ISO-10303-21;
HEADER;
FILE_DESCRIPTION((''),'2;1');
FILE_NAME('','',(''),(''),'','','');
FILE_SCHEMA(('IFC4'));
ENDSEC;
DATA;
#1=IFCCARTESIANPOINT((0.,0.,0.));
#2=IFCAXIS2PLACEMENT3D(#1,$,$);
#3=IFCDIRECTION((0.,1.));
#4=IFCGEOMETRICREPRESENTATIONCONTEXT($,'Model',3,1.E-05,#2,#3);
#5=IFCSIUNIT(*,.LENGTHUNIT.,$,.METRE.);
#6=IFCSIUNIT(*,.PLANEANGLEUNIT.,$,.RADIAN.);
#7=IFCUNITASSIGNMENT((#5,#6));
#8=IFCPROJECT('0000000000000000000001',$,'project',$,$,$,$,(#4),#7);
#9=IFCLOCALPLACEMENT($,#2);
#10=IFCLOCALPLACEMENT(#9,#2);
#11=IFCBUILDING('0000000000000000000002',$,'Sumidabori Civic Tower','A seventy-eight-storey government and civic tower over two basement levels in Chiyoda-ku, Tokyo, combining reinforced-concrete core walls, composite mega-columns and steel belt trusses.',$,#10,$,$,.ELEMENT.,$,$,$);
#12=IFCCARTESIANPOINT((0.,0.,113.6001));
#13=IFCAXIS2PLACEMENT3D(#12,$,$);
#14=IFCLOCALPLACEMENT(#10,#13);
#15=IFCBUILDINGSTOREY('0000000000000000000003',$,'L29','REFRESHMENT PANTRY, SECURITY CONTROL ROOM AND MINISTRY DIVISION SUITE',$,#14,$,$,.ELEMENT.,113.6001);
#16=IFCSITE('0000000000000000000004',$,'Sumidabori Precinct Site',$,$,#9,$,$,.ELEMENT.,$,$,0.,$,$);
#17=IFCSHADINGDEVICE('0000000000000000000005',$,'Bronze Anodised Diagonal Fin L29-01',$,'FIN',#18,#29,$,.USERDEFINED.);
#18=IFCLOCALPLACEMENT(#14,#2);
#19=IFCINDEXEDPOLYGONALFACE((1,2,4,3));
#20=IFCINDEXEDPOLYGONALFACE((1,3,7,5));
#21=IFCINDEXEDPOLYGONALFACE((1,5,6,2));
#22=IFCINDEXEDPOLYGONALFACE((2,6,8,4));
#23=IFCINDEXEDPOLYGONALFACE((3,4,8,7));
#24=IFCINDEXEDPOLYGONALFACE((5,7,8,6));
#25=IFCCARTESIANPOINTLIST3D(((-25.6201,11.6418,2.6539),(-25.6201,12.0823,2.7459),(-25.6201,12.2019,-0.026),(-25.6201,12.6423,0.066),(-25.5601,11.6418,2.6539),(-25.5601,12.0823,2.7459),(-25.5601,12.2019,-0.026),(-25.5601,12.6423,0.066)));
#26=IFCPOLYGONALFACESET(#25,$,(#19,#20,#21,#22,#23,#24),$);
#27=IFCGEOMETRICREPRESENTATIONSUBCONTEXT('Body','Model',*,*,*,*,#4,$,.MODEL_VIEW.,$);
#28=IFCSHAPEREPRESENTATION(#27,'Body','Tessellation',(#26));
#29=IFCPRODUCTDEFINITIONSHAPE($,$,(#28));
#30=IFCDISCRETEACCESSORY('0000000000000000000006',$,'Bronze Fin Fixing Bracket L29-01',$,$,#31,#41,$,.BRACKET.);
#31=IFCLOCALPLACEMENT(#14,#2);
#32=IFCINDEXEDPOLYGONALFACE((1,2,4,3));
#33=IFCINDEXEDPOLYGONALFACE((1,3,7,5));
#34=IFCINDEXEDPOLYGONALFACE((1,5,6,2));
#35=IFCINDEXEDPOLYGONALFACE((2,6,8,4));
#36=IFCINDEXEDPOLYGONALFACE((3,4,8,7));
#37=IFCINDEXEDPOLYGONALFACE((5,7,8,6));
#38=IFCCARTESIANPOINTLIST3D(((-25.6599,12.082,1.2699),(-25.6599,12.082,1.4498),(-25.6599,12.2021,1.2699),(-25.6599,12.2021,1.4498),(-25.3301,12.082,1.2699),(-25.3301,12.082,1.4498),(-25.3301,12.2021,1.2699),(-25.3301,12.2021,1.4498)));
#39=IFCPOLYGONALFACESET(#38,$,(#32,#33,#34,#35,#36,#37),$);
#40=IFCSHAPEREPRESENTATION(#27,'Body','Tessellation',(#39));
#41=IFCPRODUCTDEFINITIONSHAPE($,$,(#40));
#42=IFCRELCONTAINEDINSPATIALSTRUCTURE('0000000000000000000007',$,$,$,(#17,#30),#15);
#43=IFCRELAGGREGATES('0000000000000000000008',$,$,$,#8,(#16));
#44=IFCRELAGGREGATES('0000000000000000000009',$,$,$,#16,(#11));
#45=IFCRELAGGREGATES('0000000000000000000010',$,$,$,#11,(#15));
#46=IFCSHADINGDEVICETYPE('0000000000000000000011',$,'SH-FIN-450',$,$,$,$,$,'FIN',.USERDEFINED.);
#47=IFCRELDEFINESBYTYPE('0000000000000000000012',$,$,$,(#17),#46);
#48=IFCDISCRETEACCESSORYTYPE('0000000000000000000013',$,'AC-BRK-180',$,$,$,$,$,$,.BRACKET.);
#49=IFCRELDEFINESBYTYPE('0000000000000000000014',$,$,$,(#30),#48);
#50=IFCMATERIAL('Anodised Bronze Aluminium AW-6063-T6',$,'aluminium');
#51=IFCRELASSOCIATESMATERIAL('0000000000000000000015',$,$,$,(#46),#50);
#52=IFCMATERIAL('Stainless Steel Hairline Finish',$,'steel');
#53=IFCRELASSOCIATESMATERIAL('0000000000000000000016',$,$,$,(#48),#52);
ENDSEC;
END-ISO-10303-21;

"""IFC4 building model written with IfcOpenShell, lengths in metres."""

from ifc_helpers import new_model, si_unit, direction, frame, origin, origin_2d, place, context, subcontext, project, spatial, rectangle, extrude, source, transform, mapped, material, material_profile, profile_set, type_object, element, save


model = new_model("IFC4")

# Units and contexts
model_context = context("Model", 3, precision=1e-05, world=origin(), true_north=direction((0.0, 1.0)))
body_context = subcontext(model_context, "Body", "Model", "MODEL_VIEW")
ifc_project = project(units=[si_unit("LENGTHUNIT", "METRE"), si_unit("PLANEANGLEUNIT", "RADIAN")], contexts=[model_context])

# Site, building, storey
site_placement = place(None, origin())
site = spatial("IfcSite", under=ifc_project, at=site_placement, Name="Sumidabori Precinct Site", CompositionType="ELEMENT", RefElevation=0.0)
building_placement = place(site_placement, origin())
building = spatial("IfcBuilding", under=site, at=building_placement, Name="Sumidabori Civic Tower", Description="A seventy-eight-storey government and civic tower over two basement levels in Chiyoda-ku, Tokyo, combining reinforced-concrete core walls, composite mega-columns and steel belt trusses.", CompositionType="ELEMENT")
storey_placement = place(building_placement, frame((0.0, 0.0, 113.6001)))
storey = spatial("IfcBuildingStorey", under=building, at=storey_placement, Name="L29", Description="REFRESHMENT PANTRY, SECURITY CONTROL ROOM AND MINISTRY DIVISION SUITE", CompositionType="ELEMENT", Elevation=113.6001)

# Shared definitions
ifc_material_1 = material(Name="Anodised Bronze Aluminium AW-6063-T6", Category="aluminium")

# Shared definitions
ifc_material_2 = material(Name="Stainless Steel Hairline Finish", Category="steel")

# Shading device
ifc_material_profile_1 = material_profile(ifc_material_1, rectangle(XDim=0.0601, YDim=0.45, at=origin_2d()), Name="BRONZE FIN 450x60")
ifc_profile_set_1 = profile_set([ifc_material_profile_1], Name="Anodised Bronze Aluminium AW-6063-T6")
shading_device_type = type_object("IfcShadingDeviceType", Name="SH-FIN-450", ElementType="FIN", PredefinedType="USERDEFINED", material=ifc_profile_set_1)
shared_shape_1 = source(origin(), body_context, "Body", "SweptSolid", [
    extrude(rectangle(XDim=0.0601, YDim=0.45, at=origin_2d()), origin(), (0.0, 0.0, 1.0), 2.7378),
])
shading_device_placement = place(storey_placement, frame((-25.5901, 12.4221, 0.02), z_axis=(0.0, -0.204563, 0.978853), x_axis=(-1.0, 0.0, 0.0)))
element("IfcShadingDevice", 1, at=shading_device_placement, inside=storey, type_object=shading_device_type, Name="Bronze Anodised Diagonal Fin L29-01", ObjectType="FIN", PredefinedType="USERDEFINED", context=body_context, shape_type="MappedRepresentation", body=[
    mapped(shared_shape_1, transform((0.0, 0.0, 0.0), x_axis=(1.0, 0.0, 0.0), y_axis=(0.0, 1.0, 0.0), z_axis=(0.0, 0.0, 1.0), scale=1.0)),
])

# Discrete accessory
ifc_material_profile_2 = material_profile(ifc_material_2, rectangle(XDim=0.1201, YDim=0.1799, at=origin_2d()), Name="STEEL BRACKET 180x120")
ifc_profile_set_2 = profile_set([ifc_material_profile_2], Name="Stainless Steel Hairline Finish")
discrete_accessory_type = type_object("IfcDiscreteAccessoryType", Name="AC-BRK-180", PredefinedType="BRACKET", material=ifc_profile_set_2)
shared_shape_2 = source(origin(), body_context, "Body", "SweptSolid", [
    extrude(rectangle(XDim=0.1201, YDim=0.1799, at=origin_2d()), origin(), (0.0, 0.0, 1.0), 0.3298),
])
discrete_accessory_placement = place(storey_placement, frame((-25.3301, 12.1421, 1.3599), z_axis=(-1.0, 0.0, 0.0), x_axis=(0.0, -1.0, 0.0)))
element("IfcDiscreteAccessory", 2, at=discrete_accessory_placement, inside=storey, type_object=discrete_accessory_type, Name="Bronze Fin Fixing Bracket L29-01", PredefinedType="BRACKET", context=body_context, shape_type="MappedRepresentation", body=[
    mapped(shared_shape_2, transform((0.0, 0.0, 0.0), x_axis=(1.0, 0.0, 0.0), y_axis=(0.0, 1.0, 0.0), z_axis=(0.0, 0.0, 1.0), scale=1.0)),
])

save(model, "model.ifc")
